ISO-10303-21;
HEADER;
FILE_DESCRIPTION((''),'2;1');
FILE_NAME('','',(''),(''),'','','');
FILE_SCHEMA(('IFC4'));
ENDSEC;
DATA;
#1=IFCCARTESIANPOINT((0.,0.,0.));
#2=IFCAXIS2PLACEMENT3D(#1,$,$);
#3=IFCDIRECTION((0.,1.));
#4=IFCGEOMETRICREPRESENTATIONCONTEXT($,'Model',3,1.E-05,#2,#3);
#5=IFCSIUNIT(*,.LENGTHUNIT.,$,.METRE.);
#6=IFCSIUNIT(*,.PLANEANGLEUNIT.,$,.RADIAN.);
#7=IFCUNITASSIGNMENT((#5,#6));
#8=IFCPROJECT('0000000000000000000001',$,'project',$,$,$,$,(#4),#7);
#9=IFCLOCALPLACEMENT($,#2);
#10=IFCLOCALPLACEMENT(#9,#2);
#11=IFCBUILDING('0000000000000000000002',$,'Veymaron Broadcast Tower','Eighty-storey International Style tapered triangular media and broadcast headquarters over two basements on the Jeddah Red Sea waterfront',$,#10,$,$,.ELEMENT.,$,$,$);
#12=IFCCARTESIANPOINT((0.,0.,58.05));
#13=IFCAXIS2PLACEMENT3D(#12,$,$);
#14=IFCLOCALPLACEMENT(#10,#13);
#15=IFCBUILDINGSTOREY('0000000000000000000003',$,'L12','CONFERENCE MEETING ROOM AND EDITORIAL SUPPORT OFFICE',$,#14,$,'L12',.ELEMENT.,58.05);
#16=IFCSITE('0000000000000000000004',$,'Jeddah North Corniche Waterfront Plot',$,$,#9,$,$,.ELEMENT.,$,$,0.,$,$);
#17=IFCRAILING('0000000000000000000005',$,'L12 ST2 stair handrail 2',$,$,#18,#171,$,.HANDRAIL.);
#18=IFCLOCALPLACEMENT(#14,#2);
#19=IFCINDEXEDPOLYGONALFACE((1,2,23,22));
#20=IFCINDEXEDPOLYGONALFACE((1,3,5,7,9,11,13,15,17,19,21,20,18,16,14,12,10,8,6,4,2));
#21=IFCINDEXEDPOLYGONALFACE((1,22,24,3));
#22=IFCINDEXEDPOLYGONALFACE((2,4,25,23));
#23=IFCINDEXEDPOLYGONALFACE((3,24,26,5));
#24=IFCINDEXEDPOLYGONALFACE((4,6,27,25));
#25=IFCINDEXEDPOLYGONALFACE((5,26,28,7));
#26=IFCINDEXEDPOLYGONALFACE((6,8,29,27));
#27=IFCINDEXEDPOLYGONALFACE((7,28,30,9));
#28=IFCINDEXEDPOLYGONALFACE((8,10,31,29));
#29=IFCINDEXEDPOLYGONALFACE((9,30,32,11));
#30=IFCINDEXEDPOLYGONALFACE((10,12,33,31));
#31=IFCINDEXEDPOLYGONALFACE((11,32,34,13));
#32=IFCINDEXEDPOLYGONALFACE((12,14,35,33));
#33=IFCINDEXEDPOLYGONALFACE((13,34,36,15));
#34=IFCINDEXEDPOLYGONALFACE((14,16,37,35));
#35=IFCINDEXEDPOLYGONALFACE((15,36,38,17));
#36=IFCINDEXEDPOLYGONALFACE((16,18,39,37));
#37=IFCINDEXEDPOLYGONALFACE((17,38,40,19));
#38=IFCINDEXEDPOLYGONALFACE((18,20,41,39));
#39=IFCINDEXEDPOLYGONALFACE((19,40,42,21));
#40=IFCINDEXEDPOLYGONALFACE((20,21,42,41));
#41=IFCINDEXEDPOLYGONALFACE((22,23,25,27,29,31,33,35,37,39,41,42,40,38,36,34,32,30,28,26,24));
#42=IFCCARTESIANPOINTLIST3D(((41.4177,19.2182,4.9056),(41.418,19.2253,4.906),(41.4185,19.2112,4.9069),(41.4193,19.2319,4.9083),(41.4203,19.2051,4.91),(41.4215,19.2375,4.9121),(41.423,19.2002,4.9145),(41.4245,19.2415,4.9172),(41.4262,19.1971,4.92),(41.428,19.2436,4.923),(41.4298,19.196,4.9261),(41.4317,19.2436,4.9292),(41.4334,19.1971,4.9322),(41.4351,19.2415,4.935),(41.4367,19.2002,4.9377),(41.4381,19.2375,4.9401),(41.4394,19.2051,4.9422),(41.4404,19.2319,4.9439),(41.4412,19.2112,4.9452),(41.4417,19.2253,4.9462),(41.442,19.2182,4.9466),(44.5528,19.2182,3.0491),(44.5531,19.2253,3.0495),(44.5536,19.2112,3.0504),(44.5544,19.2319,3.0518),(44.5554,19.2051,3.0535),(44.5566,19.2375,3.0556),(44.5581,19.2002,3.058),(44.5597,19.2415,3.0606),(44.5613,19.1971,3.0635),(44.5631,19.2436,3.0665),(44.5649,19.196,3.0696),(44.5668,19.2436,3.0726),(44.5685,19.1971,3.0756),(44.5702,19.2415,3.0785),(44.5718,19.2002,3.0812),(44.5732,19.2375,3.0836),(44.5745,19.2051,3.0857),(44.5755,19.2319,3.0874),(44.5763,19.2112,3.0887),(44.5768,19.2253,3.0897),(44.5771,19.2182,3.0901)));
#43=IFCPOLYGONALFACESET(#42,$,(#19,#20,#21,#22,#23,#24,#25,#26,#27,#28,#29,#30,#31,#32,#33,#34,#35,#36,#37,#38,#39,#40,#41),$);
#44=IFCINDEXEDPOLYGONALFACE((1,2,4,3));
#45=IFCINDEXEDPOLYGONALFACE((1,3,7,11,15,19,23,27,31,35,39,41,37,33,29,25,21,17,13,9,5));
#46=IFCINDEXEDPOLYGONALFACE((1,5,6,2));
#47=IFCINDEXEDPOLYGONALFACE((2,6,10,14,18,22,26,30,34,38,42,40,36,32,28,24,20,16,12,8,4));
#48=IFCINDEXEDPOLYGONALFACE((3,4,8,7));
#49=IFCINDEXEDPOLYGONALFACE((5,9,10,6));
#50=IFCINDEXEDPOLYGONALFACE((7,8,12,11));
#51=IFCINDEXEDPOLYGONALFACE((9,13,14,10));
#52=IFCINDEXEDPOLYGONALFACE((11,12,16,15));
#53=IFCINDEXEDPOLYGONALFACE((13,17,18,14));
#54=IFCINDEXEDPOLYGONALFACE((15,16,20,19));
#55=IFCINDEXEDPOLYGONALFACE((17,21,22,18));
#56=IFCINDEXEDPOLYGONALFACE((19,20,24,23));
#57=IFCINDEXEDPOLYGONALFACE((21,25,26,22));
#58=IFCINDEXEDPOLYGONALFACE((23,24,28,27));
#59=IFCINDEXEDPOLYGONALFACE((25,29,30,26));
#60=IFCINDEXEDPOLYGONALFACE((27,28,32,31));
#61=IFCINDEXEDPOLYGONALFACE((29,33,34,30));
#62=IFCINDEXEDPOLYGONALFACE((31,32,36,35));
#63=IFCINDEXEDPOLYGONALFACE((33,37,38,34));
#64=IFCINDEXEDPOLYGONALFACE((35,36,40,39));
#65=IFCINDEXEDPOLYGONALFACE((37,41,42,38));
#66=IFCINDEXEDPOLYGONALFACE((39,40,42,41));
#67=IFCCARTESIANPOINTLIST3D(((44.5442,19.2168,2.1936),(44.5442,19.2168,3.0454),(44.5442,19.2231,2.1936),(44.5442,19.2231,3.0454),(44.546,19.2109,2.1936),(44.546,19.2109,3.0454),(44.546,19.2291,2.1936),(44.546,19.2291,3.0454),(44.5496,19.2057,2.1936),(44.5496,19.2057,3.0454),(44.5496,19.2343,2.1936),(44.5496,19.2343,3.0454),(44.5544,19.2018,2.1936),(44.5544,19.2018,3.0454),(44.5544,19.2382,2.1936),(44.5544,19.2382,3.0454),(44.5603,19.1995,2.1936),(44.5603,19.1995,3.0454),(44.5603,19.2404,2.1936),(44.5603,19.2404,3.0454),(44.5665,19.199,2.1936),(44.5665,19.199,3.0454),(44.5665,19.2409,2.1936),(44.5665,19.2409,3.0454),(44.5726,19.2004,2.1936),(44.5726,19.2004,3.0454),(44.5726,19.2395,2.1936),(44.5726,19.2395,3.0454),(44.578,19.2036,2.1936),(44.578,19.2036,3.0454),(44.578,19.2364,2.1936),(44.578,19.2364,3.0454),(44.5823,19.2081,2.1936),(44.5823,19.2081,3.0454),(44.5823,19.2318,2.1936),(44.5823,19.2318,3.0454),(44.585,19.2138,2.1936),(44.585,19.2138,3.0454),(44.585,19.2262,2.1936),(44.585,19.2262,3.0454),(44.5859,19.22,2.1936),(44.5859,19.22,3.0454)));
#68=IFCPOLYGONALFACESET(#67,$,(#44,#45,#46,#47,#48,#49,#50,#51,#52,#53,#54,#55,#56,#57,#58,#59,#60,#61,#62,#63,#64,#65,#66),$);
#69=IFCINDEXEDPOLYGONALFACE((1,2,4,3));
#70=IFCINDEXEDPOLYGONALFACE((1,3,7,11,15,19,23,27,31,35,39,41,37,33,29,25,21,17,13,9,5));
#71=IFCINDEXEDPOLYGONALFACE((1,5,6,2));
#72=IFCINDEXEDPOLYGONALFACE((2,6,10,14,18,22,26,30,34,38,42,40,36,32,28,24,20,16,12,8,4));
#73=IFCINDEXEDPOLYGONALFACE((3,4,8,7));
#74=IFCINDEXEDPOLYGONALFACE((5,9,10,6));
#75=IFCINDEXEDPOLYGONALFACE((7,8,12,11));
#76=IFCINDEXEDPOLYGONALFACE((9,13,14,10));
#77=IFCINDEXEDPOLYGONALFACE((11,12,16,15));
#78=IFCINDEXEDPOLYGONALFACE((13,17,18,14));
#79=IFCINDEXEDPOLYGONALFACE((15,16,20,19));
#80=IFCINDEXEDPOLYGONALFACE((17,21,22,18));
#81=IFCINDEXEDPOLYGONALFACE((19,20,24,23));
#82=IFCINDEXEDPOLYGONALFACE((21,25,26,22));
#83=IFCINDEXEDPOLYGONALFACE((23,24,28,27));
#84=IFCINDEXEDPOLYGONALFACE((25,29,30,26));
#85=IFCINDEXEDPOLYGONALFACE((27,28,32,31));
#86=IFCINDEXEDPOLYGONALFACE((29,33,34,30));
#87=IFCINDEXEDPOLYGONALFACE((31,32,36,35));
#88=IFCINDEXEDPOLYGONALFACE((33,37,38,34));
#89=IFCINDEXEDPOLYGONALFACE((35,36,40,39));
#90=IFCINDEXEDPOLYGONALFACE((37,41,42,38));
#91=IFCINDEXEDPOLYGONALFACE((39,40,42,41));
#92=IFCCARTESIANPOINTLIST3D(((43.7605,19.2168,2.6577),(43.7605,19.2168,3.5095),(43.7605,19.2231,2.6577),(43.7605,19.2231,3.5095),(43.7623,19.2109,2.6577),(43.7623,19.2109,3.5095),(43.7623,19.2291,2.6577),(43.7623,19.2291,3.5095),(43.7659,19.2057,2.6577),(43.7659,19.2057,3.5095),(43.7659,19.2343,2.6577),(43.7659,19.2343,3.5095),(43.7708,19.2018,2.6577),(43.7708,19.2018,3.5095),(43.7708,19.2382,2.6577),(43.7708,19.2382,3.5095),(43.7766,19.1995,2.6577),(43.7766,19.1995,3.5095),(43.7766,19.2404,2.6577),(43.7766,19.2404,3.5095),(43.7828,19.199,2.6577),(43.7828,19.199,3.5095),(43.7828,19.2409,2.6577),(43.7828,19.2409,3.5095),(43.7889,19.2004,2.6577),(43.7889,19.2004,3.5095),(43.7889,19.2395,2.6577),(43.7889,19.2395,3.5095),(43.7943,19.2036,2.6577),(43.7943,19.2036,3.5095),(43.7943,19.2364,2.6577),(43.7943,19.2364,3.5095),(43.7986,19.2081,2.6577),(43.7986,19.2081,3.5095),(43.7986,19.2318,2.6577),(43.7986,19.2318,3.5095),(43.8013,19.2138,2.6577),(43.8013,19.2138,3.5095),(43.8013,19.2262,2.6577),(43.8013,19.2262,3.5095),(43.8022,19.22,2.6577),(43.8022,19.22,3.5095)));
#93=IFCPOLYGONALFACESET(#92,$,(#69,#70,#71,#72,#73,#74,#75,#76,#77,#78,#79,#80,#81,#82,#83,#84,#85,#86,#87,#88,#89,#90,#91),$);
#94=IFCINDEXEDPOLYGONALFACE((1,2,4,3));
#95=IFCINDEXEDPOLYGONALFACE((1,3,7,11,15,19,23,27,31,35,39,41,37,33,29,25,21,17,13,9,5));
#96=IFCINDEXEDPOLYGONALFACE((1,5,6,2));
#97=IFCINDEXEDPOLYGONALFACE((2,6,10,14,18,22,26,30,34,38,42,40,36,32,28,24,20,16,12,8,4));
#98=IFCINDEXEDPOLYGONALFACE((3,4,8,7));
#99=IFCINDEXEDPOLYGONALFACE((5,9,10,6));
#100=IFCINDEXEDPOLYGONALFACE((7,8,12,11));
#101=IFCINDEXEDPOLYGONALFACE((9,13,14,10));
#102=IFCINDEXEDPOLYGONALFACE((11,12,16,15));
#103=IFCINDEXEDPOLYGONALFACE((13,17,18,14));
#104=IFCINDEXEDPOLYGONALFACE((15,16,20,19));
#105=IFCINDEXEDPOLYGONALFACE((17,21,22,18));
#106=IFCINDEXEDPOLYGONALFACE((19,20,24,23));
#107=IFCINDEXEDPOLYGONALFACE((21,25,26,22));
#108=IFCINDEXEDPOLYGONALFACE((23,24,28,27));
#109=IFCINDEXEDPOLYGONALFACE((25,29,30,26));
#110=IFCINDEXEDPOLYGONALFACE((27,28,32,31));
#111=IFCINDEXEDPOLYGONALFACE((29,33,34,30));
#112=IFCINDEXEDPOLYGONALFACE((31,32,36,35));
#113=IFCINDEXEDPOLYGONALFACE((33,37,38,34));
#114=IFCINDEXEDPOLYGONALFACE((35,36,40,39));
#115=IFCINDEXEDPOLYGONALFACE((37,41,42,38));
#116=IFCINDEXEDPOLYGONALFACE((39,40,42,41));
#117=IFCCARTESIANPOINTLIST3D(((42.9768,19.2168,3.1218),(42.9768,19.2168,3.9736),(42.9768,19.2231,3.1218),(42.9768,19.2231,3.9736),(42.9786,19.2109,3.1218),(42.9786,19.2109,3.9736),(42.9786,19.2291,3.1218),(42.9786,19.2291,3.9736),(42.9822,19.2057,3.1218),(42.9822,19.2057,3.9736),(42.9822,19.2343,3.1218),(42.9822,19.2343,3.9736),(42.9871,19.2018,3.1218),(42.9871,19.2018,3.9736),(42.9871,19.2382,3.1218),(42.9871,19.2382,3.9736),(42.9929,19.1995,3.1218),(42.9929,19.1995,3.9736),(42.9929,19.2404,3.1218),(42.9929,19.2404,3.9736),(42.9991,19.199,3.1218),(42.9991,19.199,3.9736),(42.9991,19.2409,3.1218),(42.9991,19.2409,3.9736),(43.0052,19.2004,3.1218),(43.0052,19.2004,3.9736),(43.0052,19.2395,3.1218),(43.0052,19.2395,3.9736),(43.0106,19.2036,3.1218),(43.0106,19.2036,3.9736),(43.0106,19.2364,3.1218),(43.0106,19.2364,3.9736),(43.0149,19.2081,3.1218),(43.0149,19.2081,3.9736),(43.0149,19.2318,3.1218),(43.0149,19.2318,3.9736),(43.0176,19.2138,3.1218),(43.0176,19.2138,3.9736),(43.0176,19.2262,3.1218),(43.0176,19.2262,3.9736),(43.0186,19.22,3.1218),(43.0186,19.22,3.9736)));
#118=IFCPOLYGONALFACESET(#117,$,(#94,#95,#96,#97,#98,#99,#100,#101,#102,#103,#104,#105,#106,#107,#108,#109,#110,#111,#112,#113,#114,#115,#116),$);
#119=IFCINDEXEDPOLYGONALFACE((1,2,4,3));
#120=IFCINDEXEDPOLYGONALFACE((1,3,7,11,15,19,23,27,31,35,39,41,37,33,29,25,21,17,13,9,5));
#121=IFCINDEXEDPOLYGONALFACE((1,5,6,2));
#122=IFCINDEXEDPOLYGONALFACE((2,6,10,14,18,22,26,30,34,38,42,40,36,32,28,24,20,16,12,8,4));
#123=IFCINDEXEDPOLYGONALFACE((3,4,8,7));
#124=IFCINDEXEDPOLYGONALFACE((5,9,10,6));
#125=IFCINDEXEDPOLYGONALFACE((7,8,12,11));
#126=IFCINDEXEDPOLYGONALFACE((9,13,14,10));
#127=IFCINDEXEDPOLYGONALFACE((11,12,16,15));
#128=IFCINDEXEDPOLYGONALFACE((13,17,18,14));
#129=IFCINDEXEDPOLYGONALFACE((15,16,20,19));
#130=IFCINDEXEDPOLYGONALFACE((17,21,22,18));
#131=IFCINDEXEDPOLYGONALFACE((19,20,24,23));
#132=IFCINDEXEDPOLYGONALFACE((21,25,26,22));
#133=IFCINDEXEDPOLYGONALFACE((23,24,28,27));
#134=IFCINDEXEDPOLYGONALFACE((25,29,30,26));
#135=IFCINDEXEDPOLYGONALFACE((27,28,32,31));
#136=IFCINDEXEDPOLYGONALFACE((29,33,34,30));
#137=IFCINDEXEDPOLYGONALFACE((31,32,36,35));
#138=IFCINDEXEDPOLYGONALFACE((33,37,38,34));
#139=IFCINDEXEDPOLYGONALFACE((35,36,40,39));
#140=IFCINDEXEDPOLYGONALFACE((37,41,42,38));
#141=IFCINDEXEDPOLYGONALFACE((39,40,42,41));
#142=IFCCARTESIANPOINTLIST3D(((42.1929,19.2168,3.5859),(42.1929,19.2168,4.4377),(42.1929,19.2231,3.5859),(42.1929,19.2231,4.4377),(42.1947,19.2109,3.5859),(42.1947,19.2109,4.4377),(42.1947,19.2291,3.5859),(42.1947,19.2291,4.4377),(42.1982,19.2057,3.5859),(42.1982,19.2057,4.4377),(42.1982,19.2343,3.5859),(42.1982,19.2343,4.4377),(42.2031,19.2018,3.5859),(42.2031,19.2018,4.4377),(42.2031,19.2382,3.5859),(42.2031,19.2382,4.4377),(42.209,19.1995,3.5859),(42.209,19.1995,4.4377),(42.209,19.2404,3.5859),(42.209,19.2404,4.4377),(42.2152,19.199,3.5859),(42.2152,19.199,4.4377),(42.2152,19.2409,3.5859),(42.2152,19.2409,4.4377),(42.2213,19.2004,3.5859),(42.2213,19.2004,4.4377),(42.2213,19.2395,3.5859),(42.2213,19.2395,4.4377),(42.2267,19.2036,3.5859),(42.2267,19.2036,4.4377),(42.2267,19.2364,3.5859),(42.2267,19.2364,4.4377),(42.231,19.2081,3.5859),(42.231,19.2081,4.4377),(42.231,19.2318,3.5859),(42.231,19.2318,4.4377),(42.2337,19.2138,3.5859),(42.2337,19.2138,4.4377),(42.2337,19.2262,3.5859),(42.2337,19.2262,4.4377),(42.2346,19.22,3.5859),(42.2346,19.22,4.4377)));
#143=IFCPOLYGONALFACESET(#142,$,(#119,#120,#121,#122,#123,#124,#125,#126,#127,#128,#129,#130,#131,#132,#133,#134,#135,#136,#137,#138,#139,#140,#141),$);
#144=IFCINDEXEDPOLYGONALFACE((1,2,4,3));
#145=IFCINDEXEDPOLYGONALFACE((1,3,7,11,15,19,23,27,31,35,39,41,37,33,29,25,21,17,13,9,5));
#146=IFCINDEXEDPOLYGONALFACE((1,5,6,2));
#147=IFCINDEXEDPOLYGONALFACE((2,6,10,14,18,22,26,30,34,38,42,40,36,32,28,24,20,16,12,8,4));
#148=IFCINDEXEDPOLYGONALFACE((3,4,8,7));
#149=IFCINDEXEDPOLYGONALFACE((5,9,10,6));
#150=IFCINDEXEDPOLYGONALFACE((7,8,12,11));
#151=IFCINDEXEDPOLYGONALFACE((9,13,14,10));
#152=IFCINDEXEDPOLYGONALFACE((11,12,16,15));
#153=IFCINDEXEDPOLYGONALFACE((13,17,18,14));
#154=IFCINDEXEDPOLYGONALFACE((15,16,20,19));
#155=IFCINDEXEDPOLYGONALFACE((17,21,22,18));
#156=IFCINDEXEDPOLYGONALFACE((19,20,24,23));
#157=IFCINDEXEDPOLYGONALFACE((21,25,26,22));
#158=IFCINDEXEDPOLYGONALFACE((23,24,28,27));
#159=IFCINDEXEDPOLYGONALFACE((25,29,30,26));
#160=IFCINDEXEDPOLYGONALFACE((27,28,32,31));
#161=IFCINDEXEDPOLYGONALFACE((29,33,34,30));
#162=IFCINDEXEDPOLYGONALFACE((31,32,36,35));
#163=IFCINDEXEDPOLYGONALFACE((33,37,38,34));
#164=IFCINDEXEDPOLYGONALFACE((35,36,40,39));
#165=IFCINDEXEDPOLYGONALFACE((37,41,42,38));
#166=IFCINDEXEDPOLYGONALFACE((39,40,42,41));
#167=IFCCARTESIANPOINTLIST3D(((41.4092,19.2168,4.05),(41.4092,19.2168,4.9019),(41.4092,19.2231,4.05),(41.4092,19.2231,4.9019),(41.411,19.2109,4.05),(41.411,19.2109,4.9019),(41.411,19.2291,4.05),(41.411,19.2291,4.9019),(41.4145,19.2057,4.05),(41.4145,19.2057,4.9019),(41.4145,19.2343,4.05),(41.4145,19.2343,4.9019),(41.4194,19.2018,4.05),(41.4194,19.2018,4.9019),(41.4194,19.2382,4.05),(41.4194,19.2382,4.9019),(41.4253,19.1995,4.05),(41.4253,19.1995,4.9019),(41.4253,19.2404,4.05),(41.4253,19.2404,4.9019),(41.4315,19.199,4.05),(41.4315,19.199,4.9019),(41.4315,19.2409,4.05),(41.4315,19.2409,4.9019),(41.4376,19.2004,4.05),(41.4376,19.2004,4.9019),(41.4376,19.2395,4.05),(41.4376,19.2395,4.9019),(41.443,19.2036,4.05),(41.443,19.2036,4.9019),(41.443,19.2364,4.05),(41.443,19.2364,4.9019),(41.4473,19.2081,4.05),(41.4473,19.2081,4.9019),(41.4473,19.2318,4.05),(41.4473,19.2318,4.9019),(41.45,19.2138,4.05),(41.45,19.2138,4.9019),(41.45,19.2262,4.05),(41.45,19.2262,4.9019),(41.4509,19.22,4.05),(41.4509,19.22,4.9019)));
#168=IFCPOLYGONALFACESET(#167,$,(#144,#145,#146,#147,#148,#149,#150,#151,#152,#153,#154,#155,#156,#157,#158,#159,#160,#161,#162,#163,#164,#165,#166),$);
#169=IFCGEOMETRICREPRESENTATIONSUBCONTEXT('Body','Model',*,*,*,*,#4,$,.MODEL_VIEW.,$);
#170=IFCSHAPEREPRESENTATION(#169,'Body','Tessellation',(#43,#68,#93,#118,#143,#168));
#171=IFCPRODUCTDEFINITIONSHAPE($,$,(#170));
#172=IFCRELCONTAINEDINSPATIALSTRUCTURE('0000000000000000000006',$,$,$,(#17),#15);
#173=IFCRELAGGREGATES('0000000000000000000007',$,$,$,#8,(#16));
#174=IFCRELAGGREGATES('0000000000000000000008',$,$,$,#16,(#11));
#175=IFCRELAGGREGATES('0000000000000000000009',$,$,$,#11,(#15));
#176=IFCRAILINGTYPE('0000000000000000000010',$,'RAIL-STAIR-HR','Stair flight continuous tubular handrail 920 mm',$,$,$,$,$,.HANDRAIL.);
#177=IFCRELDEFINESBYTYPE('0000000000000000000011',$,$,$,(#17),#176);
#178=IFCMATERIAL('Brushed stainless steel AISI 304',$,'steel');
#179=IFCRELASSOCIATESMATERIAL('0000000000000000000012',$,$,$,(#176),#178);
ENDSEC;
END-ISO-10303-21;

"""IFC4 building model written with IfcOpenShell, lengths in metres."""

from ifc_helpers import new_model, si_unit, direction, frame, origin, origin_2d, place, context, subcontext, project, spatial, circle, extrude, material, type_object, element, save


model = new_model("IFC4")

# Units and contexts
model_context = context("Model", 3, precision=1e-05, world=origin(), true_north=direction((0.0, 1.0)))
body_context = subcontext(model_context, "Body", "Model", "MODEL_VIEW")
ifc_project = project(units=[si_unit("LENGTHUNIT", "METRE"), si_unit("PLANEANGLEUNIT", "RADIAN")], contexts=[model_context])

# Site, building, storey
site_placement = place(None, origin())
site = spatial("IfcSite", under=ifc_project, at=site_placement, Name="Jeddah North Corniche Waterfront Plot", CompositionType="ELEMENT", RefElevation=0.0)
building_placement = place(site_placement, origin())
building = spatial("IfcBuilding", under=site, at=building_placement, Name="Veymaron Broadcast Tower", Description="Eighty-storey International Style tapered triangular media and broadcast headquarters over two basements on the Jeddah Red Sea waterfront", CompositionType="ELEMENT")
storey_placement = place(building_placement, frame((0.0, 0.0, 58.05)))
storey = spatial("IfcBuildingStorey", under=building, at=storey_placement, Name="L12", Description="CONFERENCE MEETING ROOM AND EDITORIAL SUPPORT OFFICE", LongName="L12", CompositionType="ELEMENT", Elevation=58.05)

# Shared definitions
ifc_material_1 = material(Name="Brushed stainless steel AISI 304", Category="steel")

# Railing
railing_type_1 = type_object("IfcRailingType", Name="RAIL-STAIR-HR", Description="Stair flight continuous tubular handrail 920 mm", PredefinedType="HANDRAIL", material=ifc_material_1)
railing_1_placement = place(storey_placement, frame((44.5649, 19.22, 2.1936)))
element("IfcRailing", 1, at=railing_1_placement, inside=storey, type_object=railing_type_1, Name="L12 ST2 stair handrail 2", PredefinedType="HANDRAIL", context=body_context, shape_type="SweptSolid", body=[
    extrude(circle(Radius=0.0239, at=origin_2d()), frame((0.0, 0.0, 0.876), z_axis=(-0.860453, 0.0, 0.509531), x_axis=(0.0, -1.0, 0.0)), (0.0, 0.0, 1.0), 3.6436),
    extrude(circle(Radius=0.021, at=origin_2d()), origin(), (0.0, 0.0, 1.0), 0.8518),
    extrude(circle(Radius=0.021, at=origin_2d()), frame((-0.7837, 0.0, 0.4641)), (0.0, 0.0, 1.0), 0.8518),
    extrude(circle(Radius=0.021, at=origin_2d()), frame((-1.5674, 0.0, 0.9282)), (0.0, 0.0, 1.0), 0.8518),
    extrude(circle(Radius=0.021, at=origin_2d()), frame((-2.3513, 0.0, 1.3923)), (0.0, 0.0, 1.0), 0.8518),
    extrude(circle(Radius=0.021, at=origin_2d()), frame((-3.135, 0.0, 1.8564)), (0.0, 0.0, 1.0), 0.8518),
])

save(model, "model.ifc")
